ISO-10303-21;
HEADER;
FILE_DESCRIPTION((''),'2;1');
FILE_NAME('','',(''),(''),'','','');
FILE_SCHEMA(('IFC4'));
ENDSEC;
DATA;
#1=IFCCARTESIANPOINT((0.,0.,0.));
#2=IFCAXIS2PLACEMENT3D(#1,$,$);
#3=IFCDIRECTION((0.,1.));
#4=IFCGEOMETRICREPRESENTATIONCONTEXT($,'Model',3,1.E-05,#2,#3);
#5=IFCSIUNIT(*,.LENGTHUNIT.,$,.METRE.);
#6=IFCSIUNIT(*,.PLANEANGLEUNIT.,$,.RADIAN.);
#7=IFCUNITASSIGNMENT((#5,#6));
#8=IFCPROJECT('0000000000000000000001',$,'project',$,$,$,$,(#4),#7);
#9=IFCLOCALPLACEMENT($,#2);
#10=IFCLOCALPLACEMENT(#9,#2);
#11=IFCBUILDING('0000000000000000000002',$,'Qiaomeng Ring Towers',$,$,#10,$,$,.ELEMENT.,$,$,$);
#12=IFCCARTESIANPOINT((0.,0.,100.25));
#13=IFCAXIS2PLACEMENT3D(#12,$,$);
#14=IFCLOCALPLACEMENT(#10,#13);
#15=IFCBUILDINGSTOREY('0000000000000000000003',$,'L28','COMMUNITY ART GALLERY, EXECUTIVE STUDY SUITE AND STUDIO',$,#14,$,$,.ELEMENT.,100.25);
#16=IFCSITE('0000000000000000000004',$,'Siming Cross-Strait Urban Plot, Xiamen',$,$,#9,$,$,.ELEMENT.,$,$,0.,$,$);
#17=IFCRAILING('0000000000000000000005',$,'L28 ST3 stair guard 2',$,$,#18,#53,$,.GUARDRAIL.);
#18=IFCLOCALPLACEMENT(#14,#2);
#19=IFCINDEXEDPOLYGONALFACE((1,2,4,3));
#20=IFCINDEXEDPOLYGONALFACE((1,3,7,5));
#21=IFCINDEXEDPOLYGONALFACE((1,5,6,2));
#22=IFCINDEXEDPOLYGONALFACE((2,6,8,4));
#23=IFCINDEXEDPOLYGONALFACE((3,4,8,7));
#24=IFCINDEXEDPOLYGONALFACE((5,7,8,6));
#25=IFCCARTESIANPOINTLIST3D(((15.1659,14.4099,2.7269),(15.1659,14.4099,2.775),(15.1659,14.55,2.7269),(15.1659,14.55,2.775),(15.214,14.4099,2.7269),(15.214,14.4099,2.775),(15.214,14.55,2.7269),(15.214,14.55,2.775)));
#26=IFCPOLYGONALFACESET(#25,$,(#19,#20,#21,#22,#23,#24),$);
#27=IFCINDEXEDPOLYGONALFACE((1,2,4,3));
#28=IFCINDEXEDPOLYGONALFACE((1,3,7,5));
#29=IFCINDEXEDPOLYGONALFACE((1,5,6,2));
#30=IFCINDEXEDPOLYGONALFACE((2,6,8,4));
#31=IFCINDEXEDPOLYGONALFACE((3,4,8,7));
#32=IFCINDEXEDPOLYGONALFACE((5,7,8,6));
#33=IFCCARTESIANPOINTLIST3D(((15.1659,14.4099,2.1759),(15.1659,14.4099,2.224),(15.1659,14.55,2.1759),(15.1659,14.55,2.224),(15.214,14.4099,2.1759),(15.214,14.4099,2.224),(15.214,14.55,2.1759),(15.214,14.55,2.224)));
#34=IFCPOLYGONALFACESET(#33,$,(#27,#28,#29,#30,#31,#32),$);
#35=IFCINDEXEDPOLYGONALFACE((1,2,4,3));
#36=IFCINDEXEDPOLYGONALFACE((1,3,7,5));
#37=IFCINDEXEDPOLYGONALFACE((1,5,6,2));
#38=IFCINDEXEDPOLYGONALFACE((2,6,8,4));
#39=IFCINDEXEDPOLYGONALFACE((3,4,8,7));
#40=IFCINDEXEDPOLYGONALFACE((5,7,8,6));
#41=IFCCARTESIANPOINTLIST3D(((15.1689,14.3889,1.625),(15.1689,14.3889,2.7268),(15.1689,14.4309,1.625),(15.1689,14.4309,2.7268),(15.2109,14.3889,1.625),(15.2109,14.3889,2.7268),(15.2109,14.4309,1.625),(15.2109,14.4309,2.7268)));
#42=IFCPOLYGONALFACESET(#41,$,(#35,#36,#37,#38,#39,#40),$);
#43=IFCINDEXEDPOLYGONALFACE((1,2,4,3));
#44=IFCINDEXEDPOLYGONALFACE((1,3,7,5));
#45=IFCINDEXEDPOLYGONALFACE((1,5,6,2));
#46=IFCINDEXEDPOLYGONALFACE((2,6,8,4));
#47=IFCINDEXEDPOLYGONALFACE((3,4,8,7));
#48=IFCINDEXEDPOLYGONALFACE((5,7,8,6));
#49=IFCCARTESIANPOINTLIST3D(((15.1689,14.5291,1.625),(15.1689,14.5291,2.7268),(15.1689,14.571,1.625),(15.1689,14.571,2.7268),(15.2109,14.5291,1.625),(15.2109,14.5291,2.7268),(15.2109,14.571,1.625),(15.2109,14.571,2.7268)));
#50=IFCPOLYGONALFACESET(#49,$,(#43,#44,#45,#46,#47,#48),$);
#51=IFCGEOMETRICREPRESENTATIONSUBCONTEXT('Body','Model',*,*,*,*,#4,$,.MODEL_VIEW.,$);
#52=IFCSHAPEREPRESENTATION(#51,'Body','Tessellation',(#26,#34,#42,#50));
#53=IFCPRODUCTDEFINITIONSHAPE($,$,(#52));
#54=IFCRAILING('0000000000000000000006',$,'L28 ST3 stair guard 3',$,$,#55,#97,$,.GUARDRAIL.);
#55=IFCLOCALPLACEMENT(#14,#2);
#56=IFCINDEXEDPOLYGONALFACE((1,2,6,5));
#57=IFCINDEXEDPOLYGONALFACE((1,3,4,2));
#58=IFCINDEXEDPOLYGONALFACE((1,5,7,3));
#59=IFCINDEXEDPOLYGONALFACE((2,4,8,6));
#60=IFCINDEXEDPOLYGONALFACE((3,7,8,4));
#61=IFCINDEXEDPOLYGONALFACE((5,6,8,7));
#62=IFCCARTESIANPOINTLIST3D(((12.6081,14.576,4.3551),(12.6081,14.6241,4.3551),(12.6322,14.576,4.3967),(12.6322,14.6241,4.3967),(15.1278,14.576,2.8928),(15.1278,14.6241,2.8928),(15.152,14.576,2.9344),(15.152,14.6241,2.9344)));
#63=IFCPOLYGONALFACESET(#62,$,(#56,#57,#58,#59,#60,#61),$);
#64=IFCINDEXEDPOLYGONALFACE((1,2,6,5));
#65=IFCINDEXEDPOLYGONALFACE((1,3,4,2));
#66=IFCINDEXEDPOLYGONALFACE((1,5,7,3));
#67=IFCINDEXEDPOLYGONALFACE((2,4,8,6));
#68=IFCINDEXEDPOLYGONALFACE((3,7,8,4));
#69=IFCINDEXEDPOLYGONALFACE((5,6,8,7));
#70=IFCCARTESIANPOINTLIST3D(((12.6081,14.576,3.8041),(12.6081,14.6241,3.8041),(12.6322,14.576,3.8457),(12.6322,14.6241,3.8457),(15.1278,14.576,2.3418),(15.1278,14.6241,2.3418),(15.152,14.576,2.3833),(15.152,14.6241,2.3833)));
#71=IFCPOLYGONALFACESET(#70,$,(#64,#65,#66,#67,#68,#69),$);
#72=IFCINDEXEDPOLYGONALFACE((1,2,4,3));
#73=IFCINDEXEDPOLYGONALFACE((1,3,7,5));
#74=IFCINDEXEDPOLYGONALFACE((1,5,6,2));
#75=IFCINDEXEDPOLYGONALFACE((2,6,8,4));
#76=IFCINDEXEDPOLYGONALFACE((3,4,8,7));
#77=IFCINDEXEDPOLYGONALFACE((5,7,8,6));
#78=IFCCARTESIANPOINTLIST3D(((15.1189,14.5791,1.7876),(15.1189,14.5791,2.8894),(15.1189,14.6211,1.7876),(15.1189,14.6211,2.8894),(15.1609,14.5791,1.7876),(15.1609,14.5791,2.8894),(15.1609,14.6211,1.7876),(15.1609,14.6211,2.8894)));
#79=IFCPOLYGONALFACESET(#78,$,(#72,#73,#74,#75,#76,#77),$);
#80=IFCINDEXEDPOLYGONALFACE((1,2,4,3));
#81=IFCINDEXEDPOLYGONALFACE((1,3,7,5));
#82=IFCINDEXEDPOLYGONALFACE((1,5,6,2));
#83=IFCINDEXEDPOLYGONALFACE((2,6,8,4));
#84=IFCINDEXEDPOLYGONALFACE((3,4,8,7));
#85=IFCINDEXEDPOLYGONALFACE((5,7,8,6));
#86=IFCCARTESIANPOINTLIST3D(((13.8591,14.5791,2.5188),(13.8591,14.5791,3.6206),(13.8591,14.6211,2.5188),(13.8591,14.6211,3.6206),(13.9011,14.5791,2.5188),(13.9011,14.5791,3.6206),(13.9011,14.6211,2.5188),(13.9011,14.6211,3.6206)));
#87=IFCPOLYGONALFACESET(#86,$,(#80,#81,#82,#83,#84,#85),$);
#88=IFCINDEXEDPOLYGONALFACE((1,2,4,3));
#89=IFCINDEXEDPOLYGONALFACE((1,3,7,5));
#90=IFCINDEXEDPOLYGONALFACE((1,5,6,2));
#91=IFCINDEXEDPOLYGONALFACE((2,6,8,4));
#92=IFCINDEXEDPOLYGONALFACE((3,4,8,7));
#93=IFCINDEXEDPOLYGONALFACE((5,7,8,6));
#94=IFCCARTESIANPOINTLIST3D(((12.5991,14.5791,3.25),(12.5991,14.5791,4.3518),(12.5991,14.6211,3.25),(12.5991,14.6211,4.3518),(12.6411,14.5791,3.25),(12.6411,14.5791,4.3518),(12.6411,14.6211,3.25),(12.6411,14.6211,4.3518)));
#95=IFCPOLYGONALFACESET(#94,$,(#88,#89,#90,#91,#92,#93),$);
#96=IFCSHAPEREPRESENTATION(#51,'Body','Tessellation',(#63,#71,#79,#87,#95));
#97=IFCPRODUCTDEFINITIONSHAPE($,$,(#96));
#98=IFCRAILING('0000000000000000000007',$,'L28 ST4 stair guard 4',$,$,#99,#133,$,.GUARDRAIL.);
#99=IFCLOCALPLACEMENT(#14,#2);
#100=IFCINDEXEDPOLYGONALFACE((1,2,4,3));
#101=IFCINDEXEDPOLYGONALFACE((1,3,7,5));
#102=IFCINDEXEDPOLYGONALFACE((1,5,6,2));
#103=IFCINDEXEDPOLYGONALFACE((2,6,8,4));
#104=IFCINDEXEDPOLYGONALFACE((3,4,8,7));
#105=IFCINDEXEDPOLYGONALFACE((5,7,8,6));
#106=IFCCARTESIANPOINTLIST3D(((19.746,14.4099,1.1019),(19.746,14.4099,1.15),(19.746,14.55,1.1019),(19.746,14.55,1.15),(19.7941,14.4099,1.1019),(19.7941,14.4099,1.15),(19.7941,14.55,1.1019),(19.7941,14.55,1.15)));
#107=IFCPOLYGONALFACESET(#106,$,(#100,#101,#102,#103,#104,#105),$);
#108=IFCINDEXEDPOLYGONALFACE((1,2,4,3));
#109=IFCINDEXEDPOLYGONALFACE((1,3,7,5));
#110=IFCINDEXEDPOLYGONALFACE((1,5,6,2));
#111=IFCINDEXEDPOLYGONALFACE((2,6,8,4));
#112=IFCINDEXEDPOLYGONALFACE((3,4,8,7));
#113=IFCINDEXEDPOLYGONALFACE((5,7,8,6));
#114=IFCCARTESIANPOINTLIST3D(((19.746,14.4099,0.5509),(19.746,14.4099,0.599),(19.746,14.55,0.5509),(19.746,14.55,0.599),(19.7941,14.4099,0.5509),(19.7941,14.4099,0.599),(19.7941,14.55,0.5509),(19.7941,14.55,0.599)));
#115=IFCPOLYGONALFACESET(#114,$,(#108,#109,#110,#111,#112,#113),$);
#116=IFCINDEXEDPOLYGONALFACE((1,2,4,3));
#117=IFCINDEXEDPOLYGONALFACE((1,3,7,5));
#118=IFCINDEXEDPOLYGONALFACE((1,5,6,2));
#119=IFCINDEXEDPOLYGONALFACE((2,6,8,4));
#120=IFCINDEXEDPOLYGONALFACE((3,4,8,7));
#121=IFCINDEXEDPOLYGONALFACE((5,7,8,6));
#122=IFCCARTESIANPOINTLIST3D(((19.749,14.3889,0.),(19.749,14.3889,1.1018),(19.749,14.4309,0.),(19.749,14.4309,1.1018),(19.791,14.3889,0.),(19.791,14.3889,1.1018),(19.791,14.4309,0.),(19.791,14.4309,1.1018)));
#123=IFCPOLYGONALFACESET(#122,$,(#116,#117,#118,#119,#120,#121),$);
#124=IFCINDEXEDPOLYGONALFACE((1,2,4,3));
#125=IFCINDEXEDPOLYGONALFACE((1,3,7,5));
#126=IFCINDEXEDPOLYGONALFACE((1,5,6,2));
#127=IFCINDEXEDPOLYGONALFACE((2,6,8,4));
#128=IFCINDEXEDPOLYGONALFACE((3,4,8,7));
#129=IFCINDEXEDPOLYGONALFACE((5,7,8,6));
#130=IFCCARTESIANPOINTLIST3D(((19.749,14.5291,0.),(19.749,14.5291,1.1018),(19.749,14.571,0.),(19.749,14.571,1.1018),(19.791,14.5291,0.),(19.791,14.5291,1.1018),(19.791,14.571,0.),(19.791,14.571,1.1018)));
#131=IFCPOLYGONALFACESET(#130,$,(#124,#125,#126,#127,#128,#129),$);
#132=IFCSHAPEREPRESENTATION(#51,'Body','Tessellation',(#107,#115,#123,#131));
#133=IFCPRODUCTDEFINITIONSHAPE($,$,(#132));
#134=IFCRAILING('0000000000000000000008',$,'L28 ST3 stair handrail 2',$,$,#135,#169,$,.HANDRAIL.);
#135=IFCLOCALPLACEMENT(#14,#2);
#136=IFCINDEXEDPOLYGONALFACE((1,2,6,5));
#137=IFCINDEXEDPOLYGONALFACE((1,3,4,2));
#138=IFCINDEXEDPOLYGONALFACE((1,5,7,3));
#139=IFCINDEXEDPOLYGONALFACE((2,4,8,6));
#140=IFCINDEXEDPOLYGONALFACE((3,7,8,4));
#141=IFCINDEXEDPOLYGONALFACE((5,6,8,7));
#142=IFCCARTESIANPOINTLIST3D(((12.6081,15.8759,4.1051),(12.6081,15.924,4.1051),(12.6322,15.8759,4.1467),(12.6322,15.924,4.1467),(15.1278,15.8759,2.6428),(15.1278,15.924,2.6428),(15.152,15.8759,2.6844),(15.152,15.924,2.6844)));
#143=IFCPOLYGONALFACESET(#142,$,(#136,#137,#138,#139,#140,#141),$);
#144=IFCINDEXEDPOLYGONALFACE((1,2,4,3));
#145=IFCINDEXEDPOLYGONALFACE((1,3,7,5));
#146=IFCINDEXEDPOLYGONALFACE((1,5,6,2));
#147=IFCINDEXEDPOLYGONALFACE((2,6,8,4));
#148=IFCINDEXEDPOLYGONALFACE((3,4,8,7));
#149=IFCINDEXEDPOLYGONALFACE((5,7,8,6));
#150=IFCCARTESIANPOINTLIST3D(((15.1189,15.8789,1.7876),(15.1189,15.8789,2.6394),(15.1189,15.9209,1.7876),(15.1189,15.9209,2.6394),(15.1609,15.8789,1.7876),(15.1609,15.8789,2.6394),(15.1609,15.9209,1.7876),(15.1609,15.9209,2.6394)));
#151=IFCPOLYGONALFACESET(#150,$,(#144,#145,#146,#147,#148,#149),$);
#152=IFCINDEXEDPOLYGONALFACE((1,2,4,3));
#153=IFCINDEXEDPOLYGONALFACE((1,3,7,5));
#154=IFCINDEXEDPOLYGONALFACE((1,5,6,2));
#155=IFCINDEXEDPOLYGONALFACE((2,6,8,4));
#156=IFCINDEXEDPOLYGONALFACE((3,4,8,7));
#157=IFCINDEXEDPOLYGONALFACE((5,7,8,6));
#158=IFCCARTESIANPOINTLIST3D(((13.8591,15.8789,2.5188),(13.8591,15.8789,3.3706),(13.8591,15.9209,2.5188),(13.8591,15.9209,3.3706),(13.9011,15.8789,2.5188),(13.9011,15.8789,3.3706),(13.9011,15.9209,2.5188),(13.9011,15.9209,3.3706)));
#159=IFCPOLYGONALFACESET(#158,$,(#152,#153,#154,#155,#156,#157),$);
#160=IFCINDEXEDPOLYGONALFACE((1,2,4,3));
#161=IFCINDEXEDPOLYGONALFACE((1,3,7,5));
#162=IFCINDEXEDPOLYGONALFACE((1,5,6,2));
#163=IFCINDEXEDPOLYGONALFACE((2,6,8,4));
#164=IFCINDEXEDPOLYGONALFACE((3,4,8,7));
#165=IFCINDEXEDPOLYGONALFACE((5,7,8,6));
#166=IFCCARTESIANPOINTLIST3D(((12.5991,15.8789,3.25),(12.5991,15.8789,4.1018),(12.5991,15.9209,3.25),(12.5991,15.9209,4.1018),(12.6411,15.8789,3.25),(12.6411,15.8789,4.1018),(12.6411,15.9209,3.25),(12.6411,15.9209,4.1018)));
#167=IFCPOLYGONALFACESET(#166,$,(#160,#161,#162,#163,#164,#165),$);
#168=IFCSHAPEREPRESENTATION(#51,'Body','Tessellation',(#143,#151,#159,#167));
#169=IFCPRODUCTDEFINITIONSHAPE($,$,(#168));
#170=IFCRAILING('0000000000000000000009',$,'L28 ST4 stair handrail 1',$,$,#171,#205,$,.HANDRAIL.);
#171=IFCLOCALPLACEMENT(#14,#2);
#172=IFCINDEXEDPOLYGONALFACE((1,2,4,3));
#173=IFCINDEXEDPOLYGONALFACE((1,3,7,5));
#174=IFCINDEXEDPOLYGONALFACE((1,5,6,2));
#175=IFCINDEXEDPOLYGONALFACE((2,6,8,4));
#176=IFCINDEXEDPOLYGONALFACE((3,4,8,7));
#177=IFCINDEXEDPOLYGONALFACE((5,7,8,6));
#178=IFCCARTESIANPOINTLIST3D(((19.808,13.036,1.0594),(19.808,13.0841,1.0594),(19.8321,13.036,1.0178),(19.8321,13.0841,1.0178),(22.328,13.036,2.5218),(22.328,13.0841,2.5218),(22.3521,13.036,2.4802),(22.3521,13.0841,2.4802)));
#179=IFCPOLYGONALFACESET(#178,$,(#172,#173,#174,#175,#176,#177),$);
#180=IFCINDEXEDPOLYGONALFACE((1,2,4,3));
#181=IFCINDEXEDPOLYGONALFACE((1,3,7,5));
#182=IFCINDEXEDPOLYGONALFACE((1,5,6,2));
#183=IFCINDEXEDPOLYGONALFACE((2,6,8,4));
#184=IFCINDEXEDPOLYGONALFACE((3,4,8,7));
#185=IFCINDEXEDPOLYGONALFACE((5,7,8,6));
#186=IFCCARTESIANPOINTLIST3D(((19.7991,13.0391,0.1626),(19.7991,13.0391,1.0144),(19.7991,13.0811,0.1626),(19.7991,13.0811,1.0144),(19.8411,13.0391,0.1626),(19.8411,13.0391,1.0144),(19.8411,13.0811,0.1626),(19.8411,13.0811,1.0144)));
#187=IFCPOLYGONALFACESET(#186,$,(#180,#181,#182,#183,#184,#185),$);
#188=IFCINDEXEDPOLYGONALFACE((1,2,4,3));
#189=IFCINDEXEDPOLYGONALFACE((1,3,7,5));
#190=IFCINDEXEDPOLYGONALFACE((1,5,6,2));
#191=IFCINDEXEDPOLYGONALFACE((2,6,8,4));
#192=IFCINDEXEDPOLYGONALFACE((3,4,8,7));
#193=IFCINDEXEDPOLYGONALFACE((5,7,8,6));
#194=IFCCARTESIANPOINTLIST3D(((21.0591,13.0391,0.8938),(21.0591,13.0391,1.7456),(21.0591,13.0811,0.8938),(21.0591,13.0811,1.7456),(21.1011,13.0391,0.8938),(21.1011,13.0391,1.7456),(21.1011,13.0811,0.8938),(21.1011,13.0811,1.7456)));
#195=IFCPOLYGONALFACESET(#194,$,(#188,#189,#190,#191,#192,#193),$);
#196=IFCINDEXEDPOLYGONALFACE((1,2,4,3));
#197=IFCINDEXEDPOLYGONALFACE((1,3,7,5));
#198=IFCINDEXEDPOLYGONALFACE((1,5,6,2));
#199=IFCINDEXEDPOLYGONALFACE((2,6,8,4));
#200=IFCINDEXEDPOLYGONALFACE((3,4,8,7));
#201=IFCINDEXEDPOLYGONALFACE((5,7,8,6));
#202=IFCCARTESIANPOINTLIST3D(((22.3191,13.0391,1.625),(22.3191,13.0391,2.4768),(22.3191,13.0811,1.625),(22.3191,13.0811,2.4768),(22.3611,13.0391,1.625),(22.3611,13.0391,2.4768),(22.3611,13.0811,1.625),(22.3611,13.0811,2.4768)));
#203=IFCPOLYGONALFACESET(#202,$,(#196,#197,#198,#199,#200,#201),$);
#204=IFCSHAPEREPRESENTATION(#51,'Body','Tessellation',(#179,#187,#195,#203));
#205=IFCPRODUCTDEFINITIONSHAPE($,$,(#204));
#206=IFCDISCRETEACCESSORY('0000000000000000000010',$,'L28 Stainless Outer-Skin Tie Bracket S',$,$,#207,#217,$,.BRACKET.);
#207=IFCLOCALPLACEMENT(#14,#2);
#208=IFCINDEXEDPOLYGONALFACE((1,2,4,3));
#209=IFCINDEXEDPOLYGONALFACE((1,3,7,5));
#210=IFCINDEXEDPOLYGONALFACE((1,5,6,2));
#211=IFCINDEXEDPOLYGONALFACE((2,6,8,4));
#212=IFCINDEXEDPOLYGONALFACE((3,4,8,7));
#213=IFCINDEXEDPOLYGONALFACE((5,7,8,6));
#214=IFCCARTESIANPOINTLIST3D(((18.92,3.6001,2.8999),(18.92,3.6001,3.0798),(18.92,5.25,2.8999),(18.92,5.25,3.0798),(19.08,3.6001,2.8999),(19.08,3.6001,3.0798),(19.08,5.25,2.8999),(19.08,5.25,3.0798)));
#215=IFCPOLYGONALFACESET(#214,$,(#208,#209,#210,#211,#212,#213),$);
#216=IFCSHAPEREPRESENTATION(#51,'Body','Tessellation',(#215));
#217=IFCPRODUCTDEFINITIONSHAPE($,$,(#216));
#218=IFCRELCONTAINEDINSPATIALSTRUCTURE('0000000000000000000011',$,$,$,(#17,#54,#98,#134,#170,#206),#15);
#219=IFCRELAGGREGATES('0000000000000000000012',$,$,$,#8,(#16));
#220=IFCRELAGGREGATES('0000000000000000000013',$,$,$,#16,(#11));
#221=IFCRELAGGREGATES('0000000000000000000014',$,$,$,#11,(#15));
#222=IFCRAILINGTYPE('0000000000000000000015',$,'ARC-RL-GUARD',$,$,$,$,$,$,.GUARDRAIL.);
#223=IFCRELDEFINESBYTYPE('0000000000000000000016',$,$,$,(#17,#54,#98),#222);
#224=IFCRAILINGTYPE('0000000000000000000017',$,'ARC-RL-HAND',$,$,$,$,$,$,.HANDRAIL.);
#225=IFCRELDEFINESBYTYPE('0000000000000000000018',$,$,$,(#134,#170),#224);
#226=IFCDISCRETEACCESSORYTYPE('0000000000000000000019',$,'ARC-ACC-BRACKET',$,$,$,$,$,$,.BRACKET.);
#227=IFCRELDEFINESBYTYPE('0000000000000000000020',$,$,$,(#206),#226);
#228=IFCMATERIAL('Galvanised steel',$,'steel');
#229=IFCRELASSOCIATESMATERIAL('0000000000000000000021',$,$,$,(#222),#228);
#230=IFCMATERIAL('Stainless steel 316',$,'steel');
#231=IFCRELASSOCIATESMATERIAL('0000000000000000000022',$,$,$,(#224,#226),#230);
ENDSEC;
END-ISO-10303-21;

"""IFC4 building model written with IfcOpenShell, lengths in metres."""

from ifc_helpers import new_model, si_unit, direction, frame, origin, origin_2d, place, context, subcontext, project, spatial, rectangle, extrude, source, transform, mapped, material, type_object, element, save


model = new_model("IFC4")

# Units and contexts
model_context = context("Model", 3, precision=1e-05, world=origin(), true_north=direction((0.0, 1.0)))
body_context = subcontext(model_context, "Body", "Model", "MODEL_VIEW")
ifc_project = project(units=[si_unit("LENGTHUNIT", "METRE"), si_unit("PLANEANGLEUNIT", "RADIAN")], contexts=[model_context])

# Site, building, storey
site_placement = place(None, origin())
site = spatial("IfcSite", under=ifc_project, at=site_placement, Name="Siming Cross-Strait Urban Plot, Xiamen", CompositionType="ELEMENT", RefElevation=0.0)
building_placement = place(site_placement, origin())
building = spatial("IfcBuilding", under=site, at=building_placement, Name="Qiaomeng Ring Towers", CompositionType="ELEMENT")
storey_placement = place(building_placement, frame((0.0, 0.0, 100.25)))
storey = spatial("IfcBuildingStorey", under=building, at=storey_placement, Name="L28", Description="COMMUNITY ART GALLERY, EXECUTIVE STUDY SUITE AND STUDIO", CompositionType="ELEMENT", Elevation=100.25)

# Shared definitions
ifc_material_1 = material(Name="Galvanised steel", Category="steel")

# Railings
railing_type_1 = type_object("IfcRailingType", Name="ARC-RL-GUARD", PredefinedType="GUARDRAIL", material=ifc_material_1)
railing_1_placement = place(storey_placement, frame((15.1899, 14.4099, 1.625)))
element("IfcRailing", 1, at=railing_1_placement, inside=storey, type_object=railing_type_1, Name="L28 ST3 stair guard 2", PredefinedType="GUARDRAIL", context=body_context, shape_type="SweptSolid", body=[
    extrude(rectangle(XDim=0.0481, YDim=0.0481, at=origin_2d()), frame((0.0, 0.0, 1.126), z_axis=(0.0, 1.0, 0.0), x_axis=(-1.0, 0.0, 0.0)), (0.0, 0.0, 1.0), 0.1401),
    extrude(rectangle(XDim=0.0481, YDim=0.0481, at=origin_2d()), frame((0.0, 0.0, 0.575), z_axis=(0.0, 1.0, 0.0), x_axis=(-1.0, 0.0, 0.0)), (0.0, 0.0, 1.0), 0.1401),
    extrude(rectangle(XDim=0.042, YDim=0.042, at=origin_2d()), origin(), (0.0, 0.0, 1.0), 1.1018),
    extrude(rectangle(XDim=0.042, YDim=0.042, at=origin_2d()), frame((0.0, 0.1401, 0.0)), (0.0, 0.0, 1.0), 1.1018),
])
railing_2_placement = place(storey_placement, frame((15.1399, 14.6001, 1.7876)))
element("IfcRailing", 2, at=railing_2_placement, inside=storey, type_object=railing_type_1, Name="L28 ST3 stair guard 3", PredefinedType="GUARDRAIL", context=body_context, shape_type="SweptSolid", body=[
    extrude(rectangle(XDim=0.0481, YDim=0.0481, at=origin_2d()), frame((0.0, 0.0, 1.126), z_axis=(-0.864892, 0.0, 0.501958), x_axis=(0.0, -1.0, 0.0)), (0.0, 0.0, 1.0), 2.9133),
    extrude(rectangle(XDim=0.0481, YDim=0.0481, at=origin_2d()), frame((0.0, 0.0, 0.575), z_axis=(-0.864892, 0.0, 0.501958), x_axis=(0.0, -1.0, 0.0)), (0.0, 0.0, 1.0), 2.9133),
    extrude(rectangle(XDim=0.042, YDim=0.042, at=origin_2d()), origin(), (0.0, 0.0, 1.0), 1.1018),
    extrude(rectangle(XDim=0.042, YDim=0.042, at=origin_2d()), frame((-1.2598, 0.0, 0.7312)), (0.0, 0.0, 1.0), 1.1018),
    extrude(rectangle(XDim=0.042, YDim=0.042, at=origin_2d()), frame((-2.5198, 0.0, 1.4624)), (0.0, 0.0, 1.0), 1.1018),
])
railing_3_placement = place(storey_placement, frame((19.77, 14.4099, 0.0)))
element("IfcRailing", 3, at=railing_3_placement, inside=storey, type_object=railing_type_1, Name="L28 ST4 stair guard 4", PredefinedType="GUARDRAIL", context=body_context, shape_type="SweptSolid", body=[
    extrude(rectangle(XDim=0.0481, YDim=0.0481, at=origin_2d()), frame((0.0, 0.0, 1.126), z_axis=(0.0, 1.0, 0.0), x_axis=(-1.0, 0.0, 0.0)), (0.0, 0.0, 1.0), 0.1401),
    extrude(rectangle(XDim=0.0481, YDim=0.0481, at=origin_2d()), frame((0.0, 0.0, 0.575), z_axis=(0.0, 1.0, 0.0), x_axis=(-1.0, 0.0, 0.0)), (0.0, 0.0, 1.0), 0.1401),
    extrude(rectangle(XDim=0.042, YDim=0.042, at=origin_2d()), origin(), (0.0, 0.0, 1.0), 1.1018),
    extrude(rectangle(XDim=0.042, YDim=0.042, at=origin_2d()), frame((0.0, 0.1401, 0.0)), (0.0, 0.0, 1.0), 1.1018),
])
ifc_material_2 = material(Name="Stainless steel 316", Category="steel")
railing_type_2 = type_object("IfcRailingType", Name="ARC-RL-HAND", PredefinedType="HANDRAIL", material=ifc_material_2)
railing_4_placement = place(storey_placement, frame((15.1399, 15.8999, 1.7876)))
element("IfcRailing", 4, at=railing_4_placement, inside=storey, type_object=railing_type_2, Name="L28 ST3 stair handrail 2", PredefinedType="HANDRAIL", context=body_context, shape_type="SweptSolid", body=[
    extrude(rectangle(XDim=0.0481, YDim=0.0481, at=origin_2d()), frame((0.0, 0.0, 0.876), z_axis=(-0.864892, 0.0, 0.501958), x_axis=(0.0, -1.0, 0.0)), (0.0, 0.0, 1.0), 2.9133),
    extrude(rectangle(XDim=0.042, YDim=0.042, at=origin_2d()), origin(), (0.0, 0.0, 1.0), 0.8518),
    extrude(rectangle(XDim=0.042, YDim=0.042, at=origin_2d()), frame((-1.2598, 0.0, 0.7312)), (0.0, 0.0, 1.0), 0.8518),
    extrude(rectangle(XDim=0.042, YDim=0.042, at=origin_2d()), frame((-2.5198, 0.0, 1.4624)), (0.0, 0.0, 1.0), 0.8518),
])
railing_5_placement = place(storey_placement, frame((19.8201, 13.0601, 0.1626)))
element("IfcRailing", 5, at=railing_5_placement, inside=storey, type_object=railing_type_2, Name="L28 ST4 stair handrail 1", PredefinedType="HANDRAIL", context=body_context, shape_type="SweptSolid", body=[
    extrude(rectangle(XDim=0.0481, YDim=0.0481, at=origin_2d()), frame((0.0, 0.0, 0.876), z_axis=(0.864913, 0.0, 0.501921), x_axis=(0.0, 1.0, 0.0)), (0.0, 0.0, 1.0), 2.9136),
    extrude(rectangle(XDim=0.042, YDim=0.042, at=origin_2d()), origin(), (0.0, 0.0, 1.0), 0.8518),
    extrude(rectangle(XDim=0.042, YDim=0.042, at=origin_2d()), frame((1.26, 0.0, 0.7312)), (0.0, 0.0, 1.0), 0.8518),
    extrude(rectangle(XDim=0.042, YDim=0.042, at=origin_2d()), frame((2.52, 0.0, 1.4624)), (0.0, 0.0, 1.0), 0.8518),
])

# Discrete accessory
discrete_accessory_type = type_object("IfcDiscreteAccessoryType", Name="ARC-ACC-BRACKET", PredefinedType="BRACKET", material=ifc_material_2)
shared_shape_1 = source(origin(), body_context, "Body", "SweptSolid", [
    extrude(rectangle(XDim=0.1599, YDim=1.6499, at=origin_2d()), origin(), (0.0, 0.0, 1.0), 0.1799),
])
discrete_accessory_placement = place(storey_placement, frame((19.0, 4.425, 2.8999), z_axis=(0.0, 0.0, 1.0), x_axis=(1.0, 0.0, 0.0)))
element("IfcDiscreteAccessory", 6, at=discrete_accessory_placement, inside=storey, type_object=discrete_accessory_type, Name="L28 Stainless Outer-Skin Tie Bracket S", PredefinedType="BRACKET", context=body_context, shape_type="MappedRepresentation", body=[
    mapped(shared_shape_1, transform((0.0, 0.0, 0.0), x_axis=(1.0, 0.0, 0.0), y_axis=(0.0, 1.0, 0.0), z_axis=(0.0, 0.0, 1.0), scale=1.0)),
])

save(model, "model.ifc")
